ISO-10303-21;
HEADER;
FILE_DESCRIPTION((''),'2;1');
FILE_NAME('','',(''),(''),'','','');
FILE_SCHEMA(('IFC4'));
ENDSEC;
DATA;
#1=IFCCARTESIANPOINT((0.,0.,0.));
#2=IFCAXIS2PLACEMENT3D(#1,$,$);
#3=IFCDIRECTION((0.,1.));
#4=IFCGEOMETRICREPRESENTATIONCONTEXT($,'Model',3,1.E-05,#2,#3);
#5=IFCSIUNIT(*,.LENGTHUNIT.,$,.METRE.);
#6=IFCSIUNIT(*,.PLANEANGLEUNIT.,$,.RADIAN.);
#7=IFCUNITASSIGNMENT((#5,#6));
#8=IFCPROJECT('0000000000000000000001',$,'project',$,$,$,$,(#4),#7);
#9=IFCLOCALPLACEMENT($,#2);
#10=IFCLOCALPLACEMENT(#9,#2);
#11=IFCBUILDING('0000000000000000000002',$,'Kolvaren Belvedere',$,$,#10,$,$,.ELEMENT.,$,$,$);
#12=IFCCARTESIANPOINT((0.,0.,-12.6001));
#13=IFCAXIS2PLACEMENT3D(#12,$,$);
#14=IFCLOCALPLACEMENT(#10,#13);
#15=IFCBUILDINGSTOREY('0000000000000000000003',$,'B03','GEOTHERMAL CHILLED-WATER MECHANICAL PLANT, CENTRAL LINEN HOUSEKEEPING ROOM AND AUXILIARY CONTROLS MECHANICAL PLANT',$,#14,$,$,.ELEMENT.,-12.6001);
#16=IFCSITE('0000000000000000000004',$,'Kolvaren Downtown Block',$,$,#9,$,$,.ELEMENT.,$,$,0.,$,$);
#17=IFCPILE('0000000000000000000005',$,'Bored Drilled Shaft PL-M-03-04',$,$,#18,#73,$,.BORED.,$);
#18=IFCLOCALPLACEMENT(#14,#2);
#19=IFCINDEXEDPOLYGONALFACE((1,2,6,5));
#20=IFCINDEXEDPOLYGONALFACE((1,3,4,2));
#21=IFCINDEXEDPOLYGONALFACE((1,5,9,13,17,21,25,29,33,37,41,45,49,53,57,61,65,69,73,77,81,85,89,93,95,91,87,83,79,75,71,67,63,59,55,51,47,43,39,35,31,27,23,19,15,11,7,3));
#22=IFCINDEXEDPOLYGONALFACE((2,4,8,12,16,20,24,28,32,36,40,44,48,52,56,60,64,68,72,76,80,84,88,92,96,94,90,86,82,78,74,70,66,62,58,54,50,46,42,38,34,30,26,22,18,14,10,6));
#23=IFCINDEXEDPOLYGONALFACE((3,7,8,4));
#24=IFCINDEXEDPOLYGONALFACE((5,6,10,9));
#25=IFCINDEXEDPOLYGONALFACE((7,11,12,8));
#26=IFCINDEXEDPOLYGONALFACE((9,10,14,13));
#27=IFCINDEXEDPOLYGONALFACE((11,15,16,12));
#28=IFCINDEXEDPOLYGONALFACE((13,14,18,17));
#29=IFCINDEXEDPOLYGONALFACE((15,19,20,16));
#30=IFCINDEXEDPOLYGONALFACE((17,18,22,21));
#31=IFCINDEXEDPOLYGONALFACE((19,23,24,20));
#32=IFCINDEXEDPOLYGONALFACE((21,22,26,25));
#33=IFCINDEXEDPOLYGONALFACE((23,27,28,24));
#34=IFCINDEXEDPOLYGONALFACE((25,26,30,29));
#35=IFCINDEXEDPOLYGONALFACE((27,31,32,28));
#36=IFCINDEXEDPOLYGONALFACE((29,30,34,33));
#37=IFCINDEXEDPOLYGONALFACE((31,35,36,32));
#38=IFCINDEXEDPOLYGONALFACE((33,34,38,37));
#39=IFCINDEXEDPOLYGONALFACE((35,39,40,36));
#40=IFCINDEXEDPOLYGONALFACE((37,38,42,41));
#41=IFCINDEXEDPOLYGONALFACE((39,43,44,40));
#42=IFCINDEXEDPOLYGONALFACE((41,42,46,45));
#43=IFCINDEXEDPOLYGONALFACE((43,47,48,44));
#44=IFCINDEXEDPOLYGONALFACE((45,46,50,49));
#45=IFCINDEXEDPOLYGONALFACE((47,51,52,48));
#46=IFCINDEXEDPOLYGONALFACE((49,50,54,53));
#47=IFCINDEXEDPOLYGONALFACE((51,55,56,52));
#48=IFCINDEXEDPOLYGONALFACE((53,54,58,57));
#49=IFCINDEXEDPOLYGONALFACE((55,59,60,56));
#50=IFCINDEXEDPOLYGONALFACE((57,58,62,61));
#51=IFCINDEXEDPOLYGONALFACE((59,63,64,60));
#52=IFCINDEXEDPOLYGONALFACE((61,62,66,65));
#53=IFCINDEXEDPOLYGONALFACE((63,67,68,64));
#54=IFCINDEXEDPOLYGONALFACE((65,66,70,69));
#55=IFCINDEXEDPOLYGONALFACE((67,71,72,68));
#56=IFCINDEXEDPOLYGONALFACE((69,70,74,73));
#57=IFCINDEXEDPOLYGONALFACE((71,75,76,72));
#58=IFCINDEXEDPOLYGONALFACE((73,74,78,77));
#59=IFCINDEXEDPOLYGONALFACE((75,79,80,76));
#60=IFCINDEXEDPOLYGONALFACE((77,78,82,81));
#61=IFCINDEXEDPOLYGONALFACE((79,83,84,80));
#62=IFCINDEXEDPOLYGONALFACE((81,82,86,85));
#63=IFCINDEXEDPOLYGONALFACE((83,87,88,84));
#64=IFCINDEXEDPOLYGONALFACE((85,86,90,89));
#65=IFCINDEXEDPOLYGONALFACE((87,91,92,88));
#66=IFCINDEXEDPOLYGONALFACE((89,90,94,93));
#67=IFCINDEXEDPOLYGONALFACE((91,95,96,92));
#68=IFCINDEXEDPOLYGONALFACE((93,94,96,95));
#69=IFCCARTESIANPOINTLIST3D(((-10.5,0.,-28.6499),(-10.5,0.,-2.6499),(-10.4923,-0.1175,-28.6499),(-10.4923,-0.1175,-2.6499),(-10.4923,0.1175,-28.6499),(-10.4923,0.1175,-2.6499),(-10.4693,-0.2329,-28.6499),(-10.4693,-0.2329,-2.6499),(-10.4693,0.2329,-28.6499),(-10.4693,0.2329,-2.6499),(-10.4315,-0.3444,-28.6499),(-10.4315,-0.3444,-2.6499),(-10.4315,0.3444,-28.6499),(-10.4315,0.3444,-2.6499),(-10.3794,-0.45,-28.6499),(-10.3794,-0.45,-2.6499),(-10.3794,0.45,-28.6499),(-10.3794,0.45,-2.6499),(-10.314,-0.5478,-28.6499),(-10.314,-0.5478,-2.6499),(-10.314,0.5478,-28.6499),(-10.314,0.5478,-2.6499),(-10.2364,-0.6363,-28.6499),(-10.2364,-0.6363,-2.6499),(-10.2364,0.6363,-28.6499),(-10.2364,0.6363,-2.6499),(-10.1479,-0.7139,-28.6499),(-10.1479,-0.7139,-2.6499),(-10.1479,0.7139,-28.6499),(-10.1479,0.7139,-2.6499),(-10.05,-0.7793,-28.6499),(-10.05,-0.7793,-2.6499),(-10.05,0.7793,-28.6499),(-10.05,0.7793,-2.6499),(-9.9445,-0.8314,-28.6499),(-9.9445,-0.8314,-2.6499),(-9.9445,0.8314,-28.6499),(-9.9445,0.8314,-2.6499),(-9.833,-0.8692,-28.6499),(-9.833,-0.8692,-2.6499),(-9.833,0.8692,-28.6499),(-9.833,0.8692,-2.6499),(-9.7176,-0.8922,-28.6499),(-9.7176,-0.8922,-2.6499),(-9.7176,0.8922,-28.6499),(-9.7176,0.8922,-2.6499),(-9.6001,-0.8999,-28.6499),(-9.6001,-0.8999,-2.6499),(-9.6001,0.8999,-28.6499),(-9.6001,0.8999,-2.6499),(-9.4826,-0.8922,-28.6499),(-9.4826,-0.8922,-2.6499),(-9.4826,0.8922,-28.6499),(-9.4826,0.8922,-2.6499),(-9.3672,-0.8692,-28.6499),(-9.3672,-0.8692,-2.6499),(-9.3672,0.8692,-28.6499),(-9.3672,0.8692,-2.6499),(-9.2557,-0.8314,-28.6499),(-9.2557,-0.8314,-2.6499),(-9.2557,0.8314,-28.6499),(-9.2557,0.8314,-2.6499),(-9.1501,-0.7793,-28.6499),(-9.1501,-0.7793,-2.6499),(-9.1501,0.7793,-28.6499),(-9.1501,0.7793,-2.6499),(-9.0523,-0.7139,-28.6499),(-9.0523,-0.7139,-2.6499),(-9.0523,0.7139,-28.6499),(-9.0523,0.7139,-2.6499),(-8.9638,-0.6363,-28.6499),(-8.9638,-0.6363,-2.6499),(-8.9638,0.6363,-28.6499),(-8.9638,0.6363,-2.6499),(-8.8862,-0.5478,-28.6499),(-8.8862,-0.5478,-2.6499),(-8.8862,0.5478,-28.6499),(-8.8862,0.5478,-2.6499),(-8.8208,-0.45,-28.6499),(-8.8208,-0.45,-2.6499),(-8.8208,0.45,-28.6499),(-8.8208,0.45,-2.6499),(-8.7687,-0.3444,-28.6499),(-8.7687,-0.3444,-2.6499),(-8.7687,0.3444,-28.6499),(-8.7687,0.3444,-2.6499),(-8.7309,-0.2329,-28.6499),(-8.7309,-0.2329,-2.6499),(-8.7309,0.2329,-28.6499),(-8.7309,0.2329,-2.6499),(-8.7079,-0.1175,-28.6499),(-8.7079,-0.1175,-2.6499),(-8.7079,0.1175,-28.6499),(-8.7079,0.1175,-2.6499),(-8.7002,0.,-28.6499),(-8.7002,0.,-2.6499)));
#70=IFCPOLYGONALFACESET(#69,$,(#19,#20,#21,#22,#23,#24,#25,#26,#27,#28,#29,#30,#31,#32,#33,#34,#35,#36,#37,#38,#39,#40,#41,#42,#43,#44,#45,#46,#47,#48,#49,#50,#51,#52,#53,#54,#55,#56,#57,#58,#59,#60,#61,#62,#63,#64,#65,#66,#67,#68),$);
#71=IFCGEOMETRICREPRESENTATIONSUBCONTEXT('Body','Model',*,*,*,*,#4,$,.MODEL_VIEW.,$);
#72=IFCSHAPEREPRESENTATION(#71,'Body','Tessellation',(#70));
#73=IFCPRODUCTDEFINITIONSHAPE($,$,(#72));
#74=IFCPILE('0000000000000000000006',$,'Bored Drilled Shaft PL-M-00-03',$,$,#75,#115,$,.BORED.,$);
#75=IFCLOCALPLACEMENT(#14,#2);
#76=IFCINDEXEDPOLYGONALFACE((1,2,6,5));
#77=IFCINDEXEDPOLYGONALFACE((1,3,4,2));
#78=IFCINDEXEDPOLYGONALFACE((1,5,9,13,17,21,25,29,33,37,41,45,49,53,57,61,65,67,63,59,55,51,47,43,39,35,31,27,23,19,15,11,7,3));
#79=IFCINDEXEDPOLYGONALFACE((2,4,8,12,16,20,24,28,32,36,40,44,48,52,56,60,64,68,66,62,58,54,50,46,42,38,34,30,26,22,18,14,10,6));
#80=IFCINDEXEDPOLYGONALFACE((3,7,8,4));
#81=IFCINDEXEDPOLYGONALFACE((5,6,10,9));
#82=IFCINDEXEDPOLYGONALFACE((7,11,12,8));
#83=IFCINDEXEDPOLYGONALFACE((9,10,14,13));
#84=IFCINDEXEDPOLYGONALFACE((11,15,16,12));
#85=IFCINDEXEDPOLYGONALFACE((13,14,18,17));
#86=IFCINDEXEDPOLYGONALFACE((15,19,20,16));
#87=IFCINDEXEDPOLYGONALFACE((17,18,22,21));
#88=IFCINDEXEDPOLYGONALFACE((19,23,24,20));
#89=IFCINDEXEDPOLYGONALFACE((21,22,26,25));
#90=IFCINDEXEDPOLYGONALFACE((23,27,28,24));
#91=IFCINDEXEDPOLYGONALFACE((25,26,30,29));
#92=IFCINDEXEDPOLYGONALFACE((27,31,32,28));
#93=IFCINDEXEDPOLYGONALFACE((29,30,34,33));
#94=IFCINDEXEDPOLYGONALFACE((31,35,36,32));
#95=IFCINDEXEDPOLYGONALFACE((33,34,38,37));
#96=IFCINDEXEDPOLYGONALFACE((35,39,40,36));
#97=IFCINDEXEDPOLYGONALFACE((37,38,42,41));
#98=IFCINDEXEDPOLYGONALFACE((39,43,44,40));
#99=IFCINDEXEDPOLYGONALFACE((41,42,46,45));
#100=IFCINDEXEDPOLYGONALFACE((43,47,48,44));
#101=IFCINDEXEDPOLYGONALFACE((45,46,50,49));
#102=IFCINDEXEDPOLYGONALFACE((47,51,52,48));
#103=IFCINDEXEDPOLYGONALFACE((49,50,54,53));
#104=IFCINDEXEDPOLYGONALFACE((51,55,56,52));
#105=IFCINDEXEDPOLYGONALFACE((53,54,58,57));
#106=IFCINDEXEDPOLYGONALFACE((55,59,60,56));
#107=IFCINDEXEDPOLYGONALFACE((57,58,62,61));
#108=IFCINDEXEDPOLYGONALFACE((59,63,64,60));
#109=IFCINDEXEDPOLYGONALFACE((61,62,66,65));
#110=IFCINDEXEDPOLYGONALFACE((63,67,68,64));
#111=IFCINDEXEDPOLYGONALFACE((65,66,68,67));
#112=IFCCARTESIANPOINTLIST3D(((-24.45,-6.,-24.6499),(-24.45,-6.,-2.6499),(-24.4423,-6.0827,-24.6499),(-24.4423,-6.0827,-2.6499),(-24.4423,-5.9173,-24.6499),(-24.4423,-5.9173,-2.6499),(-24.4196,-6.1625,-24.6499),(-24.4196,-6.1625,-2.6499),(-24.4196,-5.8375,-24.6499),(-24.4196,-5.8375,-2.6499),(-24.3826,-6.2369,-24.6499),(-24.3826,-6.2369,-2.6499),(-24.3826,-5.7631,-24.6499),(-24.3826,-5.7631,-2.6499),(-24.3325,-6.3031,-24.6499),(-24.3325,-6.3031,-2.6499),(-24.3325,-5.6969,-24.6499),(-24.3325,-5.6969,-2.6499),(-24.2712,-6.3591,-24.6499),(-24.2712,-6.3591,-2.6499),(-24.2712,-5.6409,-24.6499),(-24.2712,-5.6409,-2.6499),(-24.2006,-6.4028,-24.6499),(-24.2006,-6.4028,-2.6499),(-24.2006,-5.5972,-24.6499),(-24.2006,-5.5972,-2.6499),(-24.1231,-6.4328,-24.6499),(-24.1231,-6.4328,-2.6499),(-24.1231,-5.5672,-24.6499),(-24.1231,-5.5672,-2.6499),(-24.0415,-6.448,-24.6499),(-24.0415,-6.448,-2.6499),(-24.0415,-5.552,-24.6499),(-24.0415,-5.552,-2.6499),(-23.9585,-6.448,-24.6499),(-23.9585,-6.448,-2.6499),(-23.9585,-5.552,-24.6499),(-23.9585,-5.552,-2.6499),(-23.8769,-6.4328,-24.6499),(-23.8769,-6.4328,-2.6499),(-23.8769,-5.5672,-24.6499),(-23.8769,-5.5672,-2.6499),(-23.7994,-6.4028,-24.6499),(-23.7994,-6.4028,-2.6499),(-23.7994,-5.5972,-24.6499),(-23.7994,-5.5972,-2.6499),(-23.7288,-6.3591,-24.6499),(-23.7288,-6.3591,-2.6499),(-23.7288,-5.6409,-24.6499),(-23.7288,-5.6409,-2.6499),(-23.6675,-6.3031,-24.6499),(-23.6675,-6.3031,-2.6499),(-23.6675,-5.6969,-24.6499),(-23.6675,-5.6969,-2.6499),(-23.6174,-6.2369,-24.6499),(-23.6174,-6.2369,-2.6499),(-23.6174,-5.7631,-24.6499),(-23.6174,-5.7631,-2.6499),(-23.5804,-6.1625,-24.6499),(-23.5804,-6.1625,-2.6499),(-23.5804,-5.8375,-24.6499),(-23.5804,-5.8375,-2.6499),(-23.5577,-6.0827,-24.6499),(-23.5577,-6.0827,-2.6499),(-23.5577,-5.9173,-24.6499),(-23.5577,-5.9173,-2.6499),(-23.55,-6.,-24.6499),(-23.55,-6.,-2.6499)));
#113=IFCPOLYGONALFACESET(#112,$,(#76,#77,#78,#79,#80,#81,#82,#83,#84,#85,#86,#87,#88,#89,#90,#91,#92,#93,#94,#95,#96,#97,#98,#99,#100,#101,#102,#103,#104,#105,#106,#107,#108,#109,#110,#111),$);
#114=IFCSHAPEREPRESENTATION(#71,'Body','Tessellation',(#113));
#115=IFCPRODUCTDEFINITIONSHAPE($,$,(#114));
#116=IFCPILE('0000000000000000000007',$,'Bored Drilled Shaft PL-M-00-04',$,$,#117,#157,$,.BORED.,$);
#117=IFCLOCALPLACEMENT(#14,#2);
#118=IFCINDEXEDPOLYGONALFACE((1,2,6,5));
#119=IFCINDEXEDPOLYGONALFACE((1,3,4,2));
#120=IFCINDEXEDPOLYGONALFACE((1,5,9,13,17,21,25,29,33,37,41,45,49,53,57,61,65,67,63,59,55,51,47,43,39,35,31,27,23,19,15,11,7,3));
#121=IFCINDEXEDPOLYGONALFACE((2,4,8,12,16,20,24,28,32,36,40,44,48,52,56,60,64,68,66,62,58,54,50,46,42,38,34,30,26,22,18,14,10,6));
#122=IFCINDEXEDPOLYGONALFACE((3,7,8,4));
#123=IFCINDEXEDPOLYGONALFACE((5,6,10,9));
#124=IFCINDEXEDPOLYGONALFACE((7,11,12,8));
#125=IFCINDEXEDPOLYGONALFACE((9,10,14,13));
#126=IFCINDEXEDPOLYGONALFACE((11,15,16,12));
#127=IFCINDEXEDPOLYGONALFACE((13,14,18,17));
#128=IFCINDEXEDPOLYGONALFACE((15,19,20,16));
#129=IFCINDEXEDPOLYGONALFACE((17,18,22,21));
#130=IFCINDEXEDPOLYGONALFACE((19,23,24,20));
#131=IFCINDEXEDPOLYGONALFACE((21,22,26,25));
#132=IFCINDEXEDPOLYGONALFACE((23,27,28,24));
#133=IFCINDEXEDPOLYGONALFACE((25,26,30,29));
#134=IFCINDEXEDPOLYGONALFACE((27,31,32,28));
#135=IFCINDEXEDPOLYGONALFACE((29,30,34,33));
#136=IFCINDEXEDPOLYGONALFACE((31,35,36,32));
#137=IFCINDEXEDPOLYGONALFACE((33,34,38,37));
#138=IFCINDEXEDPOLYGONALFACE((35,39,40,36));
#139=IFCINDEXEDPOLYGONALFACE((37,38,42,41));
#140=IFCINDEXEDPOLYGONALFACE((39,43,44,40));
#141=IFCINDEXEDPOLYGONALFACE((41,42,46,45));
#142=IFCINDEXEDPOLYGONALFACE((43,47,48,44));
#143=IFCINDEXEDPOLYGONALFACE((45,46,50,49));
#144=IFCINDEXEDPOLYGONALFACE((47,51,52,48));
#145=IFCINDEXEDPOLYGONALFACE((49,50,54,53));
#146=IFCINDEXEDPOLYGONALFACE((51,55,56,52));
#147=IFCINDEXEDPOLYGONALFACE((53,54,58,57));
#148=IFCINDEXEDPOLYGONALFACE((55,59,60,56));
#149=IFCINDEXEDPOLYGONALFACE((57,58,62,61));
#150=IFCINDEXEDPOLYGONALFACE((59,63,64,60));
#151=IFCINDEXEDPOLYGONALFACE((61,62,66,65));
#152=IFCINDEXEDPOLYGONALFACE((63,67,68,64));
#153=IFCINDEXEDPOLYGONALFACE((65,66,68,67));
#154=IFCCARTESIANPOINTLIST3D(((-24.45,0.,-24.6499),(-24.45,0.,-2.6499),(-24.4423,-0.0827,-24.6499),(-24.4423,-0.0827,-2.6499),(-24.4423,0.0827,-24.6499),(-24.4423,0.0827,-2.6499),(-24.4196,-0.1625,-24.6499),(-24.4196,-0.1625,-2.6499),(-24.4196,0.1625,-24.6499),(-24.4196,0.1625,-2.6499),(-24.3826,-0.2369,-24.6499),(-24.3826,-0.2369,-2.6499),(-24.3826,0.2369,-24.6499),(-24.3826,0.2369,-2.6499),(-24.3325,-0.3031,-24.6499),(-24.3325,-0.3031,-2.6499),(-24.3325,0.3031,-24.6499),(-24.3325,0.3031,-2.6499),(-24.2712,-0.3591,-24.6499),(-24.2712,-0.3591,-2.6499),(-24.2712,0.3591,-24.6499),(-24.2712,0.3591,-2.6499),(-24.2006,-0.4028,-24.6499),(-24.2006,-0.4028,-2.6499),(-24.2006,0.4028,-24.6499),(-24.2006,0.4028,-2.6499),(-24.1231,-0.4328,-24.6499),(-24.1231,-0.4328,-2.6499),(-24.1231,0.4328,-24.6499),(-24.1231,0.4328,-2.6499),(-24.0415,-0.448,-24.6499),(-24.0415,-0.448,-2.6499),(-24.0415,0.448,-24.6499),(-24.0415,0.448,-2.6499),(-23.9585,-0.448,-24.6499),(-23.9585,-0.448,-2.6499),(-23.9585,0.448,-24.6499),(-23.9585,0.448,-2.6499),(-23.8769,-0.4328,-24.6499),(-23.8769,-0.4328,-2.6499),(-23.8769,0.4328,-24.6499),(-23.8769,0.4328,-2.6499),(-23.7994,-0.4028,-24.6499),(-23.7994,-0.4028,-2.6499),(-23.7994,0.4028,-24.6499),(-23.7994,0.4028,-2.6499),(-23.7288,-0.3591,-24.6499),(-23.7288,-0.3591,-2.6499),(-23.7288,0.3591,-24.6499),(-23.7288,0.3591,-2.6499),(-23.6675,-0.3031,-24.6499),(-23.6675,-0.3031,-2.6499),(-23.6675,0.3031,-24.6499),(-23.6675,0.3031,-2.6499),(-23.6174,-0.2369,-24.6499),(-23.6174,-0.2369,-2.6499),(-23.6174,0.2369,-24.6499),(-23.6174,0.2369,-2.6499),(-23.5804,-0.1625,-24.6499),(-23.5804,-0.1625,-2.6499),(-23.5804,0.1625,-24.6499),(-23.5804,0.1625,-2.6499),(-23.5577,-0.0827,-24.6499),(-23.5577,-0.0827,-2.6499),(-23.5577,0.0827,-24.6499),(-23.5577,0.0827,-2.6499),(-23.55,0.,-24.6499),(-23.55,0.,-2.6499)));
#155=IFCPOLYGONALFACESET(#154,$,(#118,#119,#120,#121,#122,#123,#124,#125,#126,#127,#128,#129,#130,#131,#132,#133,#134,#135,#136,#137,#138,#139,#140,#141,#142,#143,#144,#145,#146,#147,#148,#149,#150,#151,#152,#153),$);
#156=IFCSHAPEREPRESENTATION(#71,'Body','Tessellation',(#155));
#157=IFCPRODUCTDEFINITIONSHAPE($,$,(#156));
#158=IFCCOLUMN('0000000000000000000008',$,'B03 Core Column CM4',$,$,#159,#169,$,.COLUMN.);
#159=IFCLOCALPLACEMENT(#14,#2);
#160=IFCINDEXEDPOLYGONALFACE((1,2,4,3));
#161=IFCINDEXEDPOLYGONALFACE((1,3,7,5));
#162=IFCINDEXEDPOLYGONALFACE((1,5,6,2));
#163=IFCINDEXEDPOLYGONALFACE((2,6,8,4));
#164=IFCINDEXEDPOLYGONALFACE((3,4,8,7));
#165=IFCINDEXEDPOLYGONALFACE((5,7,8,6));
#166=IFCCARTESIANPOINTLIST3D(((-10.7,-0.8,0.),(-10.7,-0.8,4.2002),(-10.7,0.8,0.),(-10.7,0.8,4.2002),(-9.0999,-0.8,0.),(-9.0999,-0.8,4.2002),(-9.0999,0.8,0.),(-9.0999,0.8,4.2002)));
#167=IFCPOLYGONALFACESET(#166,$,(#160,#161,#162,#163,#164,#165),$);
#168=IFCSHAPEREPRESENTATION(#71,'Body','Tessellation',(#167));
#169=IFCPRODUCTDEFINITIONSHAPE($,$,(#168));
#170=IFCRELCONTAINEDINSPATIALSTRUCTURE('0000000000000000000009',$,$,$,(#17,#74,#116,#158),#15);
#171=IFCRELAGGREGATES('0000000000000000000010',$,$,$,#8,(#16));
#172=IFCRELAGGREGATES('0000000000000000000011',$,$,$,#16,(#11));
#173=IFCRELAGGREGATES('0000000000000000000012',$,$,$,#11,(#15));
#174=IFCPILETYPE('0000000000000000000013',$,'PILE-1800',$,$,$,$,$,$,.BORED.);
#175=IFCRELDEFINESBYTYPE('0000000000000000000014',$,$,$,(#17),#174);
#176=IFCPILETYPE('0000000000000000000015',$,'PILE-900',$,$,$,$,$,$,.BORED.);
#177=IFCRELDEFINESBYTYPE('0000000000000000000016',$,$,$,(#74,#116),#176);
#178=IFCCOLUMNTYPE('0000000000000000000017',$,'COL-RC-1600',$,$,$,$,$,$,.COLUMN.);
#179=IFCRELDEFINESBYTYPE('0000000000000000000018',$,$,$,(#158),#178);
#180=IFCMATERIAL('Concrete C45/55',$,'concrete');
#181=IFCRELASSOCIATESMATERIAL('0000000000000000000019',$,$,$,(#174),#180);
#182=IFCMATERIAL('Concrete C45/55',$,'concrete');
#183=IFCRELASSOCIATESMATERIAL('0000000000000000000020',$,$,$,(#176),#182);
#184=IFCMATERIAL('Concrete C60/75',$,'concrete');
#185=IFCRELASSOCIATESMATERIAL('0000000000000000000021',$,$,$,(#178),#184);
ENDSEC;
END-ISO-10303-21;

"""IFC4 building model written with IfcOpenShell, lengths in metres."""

from ifc_helpers import new_model, si_unit, direction, frame, origin, origin_2d, place, context, subcontext, project, spatial, rectangle, circle, extrude, material, material_profile, profile_set, type_object, element, save


model = new_model("IFC4")

# Units and contexts
model_context = context("Model", 3, precision=1e-05, world=origin(), true_north=direction((0.0, 1.0)))
body_context = subcontext(model_context, "Body", "Model", "MODEL_VIEW")
ifc_project = project(units=[si_unit("LENGTHUNIT", "METRE"), si_unit("PLANEANGLEUNIT", "RADIAN")], contexts=[model_context])

# Site, building, storey
site_placement = place(None, origin())
site = spatial("IfcSite", under=ifc_project, at=site_placement, Name="Kolvaren Downtown Block", CompositionType="ELEMENT", RefElevation=0.0)
building_placement = place(site_placement, origin())
building = spatial("IfcBuilding", under=site, at=building_placement, Name="Kolvaren Belvedere", CompositionType="ELEMENT")
storey_placement = place(building_placement, frame((0.0, 0.0, -12.6001)))
storey = spatial("IfcBuildingStorey", under=building, at=storey_placement, Name="B03", Description="GEOTHERMAL CHILLED-WATER MECHANICAL PLANT, CENTRAL LINEN HOUSEKEEPING ROOM AND AUXILIARY CONTROLS MECHANICAL PLANT", CompositionType="ELEMENT", Elevation=-12.6001)

# Piles
ifc_material_1 = material(Name="Concrete C45/55", Category="concrete")
ifc_material_profile_1 = material_profile(ifc_material_1, circle(Radius=0.8999, at=origin_2d()), Name="BORED PILE D1800")
ifc_profile_set_1 = profile_set([ifc_material_profile_1], Name="Concrete C45/55")
pile_type_1 = type_object("IfcPileType", Name="PILE-1800", PredefinedType="BORED", material=ifc_profile_set_1)
for number, where, z_axis, x_axis, name in (
    (1, (-9.6001, 0.0, -2.6499), (0.0, 0.0, -1.0), (1.0, 0.0, 0.0), "Bored Drilled Shaft PL-M-03-04"),
):
    element("IfcPile", number, at=place(storey_placement, frame(where, z_axis=z_axis, x_axis=x_axis)), inside=storey, type_object=pile_type_1, Name=name, PredefinedType="BORED", context=body_context, shape_type="SweptSolid", body=[
        extrude(circle(Radius=0.8999, at=origin_2d()), origin(), (0.0, 0.0, 1.0), 26.0),
    ])
ifc_material_2 = material(Name="Concrete C45/55", Category="concrete")
ifc_material_profile_2 = material_profile(ifc_material_2, circle(Radius=0.45, at=origin_2d()), Name="BORED PILE D900")
ifc_profile_set_2 = profile_set([ifc_material_profile_2], Name="Concrete C45/55")
pile_type_2 = type_object("IfcPileType", Name="PILE-900", PredefinedType="BORED", material=ifc_profile_set_2)
for number, where, z_axis, x_axis, name in (
    (2, (-24.0, -6.0, -2.6499), (0.0, 0.0, -1.0), (1.0, 0.0, 0.0), "Bored Drilled Shaft PL-M-00-03"),
    (3, (-24.0, 0.0, -2.6499), (0.0, 0.0, -1.0), (1.0, 0.0, 0.0), "Bored Drilled Shaft PL-M-00-04"),
):
    element("IfcPile", number, at=place(storey_placement, frame(where, z_axis=z_axis, x_axis=x_axis)), inside=storey, type_object=pile_type_2, Name=name, PredefinedType="BORED", context=body_context, shape_type="SweptSolid", body=[
        extrude(circle(Radius=0.45, at=origin_2d()), origin(), (0.0, 0.0, 1.0), 22.0),
    ])

# Column
ifc_material_3 = material(Name="Concrete C60/75", Category="concrete")
ifc_material_profile_3 = material_profile(ifc_material_3, rectangle(XDim=1.6001, YDim=1.6001, at=origin_2d()), Name="RC 1600X1600")
ifc_profile_set_3 = profile_set([ifc_material_profile_3], Name="Concrete C60/75")
column_type = type_object("IfcColumnType", Name="COL-RC-1600", PredefinedType="COLUMN", material=ifc_profile_set_3)
column_placement = place(storey_placement, frame((-9.8999, 0.0, 0.0), z_axis=(0.0, 0.0, 1.0), x_axis=(1.0, 0.0, 0.0)))
element("IfcColumn", 4, at=column_placement, inside=storey, type_object=column_type, Name="B03 Core Column CM4", PredefinedType="COLUMN", context=body_context, shape_type="SweptSolid", body=[
    extrude(rectangle(XDim=1.6001, YDim=1.6001, at=origin_2d()), origin(), (0.0, 0.0, 1.0), 4.2002),
])

save(model, "model.ifc")
